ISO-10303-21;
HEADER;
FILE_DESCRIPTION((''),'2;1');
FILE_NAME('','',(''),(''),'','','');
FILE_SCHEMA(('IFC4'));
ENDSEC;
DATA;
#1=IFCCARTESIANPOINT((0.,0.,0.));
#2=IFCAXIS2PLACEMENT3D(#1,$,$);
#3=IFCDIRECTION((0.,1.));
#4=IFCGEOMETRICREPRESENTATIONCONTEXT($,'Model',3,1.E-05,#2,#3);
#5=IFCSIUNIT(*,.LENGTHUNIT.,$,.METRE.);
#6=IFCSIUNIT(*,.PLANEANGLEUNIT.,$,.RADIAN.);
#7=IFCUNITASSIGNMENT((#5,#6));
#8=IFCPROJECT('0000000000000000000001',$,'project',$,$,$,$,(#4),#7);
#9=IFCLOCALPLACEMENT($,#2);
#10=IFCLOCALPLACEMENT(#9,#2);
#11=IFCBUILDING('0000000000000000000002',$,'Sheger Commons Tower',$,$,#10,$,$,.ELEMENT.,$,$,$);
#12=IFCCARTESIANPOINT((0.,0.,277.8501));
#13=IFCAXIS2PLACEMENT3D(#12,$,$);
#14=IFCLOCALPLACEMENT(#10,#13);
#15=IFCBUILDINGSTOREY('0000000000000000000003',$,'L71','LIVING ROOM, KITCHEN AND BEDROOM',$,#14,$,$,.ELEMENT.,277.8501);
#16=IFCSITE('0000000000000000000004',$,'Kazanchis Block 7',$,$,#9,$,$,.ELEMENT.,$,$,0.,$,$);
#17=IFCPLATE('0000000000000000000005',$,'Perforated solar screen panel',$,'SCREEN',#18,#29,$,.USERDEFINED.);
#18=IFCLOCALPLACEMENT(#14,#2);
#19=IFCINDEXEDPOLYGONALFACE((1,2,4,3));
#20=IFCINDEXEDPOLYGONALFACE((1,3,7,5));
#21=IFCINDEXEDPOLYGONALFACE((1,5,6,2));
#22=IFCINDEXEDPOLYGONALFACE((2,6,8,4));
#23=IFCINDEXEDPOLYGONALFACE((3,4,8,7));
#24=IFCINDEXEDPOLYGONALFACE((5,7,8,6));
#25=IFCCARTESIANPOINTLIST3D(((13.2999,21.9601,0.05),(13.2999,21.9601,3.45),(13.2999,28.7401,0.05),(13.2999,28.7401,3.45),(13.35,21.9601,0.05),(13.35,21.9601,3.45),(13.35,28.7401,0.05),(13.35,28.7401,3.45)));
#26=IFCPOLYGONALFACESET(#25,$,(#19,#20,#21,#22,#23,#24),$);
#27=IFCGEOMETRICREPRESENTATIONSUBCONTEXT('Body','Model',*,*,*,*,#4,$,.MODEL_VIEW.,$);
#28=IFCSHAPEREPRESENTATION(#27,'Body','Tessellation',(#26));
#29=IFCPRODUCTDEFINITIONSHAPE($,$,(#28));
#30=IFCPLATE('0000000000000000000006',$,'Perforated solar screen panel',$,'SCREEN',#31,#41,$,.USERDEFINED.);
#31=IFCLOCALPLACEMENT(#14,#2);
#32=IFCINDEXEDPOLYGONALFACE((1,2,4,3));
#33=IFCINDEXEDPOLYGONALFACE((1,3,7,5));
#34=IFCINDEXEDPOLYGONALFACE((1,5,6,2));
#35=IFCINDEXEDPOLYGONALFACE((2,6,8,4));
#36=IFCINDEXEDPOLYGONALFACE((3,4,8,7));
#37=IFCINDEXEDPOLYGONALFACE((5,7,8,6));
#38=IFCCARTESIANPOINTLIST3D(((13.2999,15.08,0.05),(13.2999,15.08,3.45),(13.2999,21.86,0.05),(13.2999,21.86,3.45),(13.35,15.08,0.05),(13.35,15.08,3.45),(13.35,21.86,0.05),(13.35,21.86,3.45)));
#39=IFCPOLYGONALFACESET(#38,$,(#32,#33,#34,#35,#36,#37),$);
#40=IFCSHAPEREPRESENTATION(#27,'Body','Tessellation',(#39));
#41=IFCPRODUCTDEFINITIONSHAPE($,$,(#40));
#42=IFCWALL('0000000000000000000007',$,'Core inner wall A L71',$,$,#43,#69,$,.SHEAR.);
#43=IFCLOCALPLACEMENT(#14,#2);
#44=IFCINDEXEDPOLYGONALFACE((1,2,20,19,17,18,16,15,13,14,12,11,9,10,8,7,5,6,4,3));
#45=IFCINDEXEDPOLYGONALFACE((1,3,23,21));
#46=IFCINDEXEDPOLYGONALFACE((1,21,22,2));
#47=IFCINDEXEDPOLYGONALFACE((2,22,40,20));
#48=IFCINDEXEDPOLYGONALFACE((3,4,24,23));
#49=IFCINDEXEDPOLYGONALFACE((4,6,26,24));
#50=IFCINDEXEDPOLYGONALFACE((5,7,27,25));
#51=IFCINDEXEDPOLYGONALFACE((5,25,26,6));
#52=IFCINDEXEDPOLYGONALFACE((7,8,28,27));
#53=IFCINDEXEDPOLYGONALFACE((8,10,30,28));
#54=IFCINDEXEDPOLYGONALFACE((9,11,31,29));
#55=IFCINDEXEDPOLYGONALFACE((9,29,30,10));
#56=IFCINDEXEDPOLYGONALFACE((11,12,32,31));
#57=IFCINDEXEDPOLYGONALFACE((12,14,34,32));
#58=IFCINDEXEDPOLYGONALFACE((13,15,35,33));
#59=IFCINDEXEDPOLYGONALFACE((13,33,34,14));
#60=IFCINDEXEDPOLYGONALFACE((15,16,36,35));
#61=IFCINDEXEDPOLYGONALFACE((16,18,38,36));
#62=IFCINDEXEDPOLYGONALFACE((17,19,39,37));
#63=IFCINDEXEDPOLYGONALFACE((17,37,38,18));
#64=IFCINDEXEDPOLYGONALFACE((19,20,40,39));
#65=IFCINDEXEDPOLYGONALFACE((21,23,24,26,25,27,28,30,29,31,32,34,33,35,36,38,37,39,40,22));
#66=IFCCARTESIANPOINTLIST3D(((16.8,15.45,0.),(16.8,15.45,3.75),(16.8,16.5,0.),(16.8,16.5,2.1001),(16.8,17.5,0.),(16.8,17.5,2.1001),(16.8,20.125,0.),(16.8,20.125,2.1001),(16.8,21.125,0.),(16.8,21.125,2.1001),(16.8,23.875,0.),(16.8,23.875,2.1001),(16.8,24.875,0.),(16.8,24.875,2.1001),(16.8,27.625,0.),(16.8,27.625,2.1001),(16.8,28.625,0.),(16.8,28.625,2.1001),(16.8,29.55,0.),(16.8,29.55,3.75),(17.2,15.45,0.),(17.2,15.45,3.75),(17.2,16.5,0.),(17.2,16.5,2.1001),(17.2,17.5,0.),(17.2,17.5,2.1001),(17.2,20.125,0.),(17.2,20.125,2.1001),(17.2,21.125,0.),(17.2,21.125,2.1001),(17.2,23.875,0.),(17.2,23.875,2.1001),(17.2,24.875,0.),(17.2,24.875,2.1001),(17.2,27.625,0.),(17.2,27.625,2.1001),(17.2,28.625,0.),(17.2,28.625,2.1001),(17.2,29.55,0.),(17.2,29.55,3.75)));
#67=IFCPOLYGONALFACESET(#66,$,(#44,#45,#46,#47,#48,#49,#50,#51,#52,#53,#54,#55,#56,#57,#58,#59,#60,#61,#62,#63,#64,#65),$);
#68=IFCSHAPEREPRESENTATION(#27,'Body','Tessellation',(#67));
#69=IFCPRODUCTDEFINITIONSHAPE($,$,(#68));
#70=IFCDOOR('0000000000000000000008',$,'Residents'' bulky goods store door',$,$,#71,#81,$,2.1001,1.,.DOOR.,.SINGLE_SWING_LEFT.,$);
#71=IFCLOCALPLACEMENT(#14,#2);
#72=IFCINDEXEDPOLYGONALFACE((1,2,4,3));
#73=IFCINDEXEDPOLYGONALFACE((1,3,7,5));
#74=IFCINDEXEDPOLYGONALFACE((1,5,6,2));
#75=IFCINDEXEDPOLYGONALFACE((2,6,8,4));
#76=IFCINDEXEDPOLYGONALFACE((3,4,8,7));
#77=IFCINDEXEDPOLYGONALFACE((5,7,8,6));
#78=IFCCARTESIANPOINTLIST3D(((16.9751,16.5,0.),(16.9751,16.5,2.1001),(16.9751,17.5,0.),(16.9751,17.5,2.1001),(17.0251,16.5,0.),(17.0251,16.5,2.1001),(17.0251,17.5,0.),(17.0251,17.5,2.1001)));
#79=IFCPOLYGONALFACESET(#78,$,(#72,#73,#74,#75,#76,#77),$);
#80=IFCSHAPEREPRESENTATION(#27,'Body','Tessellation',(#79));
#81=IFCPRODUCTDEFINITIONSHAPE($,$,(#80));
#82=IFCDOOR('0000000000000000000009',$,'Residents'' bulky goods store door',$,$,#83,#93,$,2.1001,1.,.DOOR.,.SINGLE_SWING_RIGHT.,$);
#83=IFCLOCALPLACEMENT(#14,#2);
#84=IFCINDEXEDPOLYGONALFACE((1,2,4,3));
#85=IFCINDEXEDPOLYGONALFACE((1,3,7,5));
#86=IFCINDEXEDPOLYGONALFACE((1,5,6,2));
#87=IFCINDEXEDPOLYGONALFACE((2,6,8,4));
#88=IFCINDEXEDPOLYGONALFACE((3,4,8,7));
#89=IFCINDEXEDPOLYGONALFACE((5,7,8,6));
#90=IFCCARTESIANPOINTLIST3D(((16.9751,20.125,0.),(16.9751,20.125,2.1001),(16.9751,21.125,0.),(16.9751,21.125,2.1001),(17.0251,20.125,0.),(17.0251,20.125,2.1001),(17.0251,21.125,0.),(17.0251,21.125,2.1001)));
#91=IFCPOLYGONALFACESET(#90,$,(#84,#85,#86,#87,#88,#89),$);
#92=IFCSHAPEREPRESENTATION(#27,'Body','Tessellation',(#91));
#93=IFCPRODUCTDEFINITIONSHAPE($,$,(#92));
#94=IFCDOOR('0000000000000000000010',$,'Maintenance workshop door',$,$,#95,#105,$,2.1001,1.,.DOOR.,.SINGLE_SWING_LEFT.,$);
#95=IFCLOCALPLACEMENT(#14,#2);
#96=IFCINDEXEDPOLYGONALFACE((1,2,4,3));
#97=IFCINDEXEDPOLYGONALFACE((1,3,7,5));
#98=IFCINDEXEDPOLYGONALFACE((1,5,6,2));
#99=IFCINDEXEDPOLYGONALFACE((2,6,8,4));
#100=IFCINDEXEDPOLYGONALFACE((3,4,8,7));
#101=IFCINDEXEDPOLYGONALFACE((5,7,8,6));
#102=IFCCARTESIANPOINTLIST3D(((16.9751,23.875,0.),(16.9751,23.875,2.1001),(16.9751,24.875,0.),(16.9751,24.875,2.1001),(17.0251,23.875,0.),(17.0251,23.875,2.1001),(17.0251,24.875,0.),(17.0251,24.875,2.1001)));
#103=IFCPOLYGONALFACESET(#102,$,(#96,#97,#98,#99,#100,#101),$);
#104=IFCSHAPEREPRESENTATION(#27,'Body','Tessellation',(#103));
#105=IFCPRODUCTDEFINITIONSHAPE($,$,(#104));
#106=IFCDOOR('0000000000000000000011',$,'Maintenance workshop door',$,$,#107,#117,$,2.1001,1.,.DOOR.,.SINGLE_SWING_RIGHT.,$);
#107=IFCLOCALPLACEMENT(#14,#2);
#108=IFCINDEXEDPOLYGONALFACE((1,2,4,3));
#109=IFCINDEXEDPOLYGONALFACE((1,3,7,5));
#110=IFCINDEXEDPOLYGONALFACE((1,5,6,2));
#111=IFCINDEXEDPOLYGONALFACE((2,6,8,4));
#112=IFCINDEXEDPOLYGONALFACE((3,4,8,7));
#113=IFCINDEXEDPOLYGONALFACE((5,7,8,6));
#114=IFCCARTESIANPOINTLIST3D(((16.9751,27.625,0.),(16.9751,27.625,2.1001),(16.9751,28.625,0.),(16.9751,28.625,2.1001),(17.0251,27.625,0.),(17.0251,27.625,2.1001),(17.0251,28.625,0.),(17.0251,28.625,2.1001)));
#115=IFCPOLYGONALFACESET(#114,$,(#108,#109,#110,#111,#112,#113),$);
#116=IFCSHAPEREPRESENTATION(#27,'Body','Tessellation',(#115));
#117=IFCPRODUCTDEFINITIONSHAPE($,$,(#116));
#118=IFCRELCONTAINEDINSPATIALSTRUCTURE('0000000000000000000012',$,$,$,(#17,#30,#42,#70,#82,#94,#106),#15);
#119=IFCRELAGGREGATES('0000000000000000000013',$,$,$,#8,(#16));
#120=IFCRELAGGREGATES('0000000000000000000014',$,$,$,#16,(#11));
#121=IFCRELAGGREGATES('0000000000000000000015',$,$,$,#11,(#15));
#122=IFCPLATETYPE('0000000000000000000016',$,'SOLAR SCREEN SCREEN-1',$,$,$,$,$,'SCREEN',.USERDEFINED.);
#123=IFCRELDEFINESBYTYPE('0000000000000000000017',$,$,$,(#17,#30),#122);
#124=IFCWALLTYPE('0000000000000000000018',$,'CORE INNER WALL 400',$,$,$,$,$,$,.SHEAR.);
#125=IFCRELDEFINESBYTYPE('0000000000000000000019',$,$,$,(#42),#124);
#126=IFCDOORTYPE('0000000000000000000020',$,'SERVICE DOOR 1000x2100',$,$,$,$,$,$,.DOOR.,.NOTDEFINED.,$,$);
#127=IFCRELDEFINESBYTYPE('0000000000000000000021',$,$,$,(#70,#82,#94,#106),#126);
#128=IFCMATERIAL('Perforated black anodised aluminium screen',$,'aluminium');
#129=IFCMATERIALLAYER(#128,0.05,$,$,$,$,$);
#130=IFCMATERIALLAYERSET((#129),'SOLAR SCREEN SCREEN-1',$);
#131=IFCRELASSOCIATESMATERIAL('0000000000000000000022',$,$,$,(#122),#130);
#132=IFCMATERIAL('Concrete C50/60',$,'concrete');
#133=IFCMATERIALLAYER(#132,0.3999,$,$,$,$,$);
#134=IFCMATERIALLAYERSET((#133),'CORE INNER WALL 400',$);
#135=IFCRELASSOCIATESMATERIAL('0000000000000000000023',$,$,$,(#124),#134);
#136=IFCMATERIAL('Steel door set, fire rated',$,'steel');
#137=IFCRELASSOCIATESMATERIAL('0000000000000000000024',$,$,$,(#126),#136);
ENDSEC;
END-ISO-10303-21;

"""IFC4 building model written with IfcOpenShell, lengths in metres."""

from ifc_helpers import new_model, si_unit, direction, frame, frame_2d, origin, origin_2d, place, context, subcontext, project, spatial, rectangle, extrude, material, layer, layer_set, type_object, element, fill, save


model = new_model("IFC4")

# Units and contexts
model_context = context("Model", 3, precision=1e-05, world=origin(), true_north=direction((0.0, 1.0)))
body_context = subcontext(model_context, "Body", "Model", "MODEL_VIEW")
ifc_project = project(units=[si_unit("LENGTHUNIT", "METRE"), si_unit("PLANEANGLEUNIT", "RADIAN")], contexts=[model_context])

# Site, building, storey
site_placement = place(None, origin())
site = spatial("IfcSite", under=ifc_project, at=site_placement, Name="Kazanchis Block 7", CompositionType="ELEMENT", RefElevation=0.0)
building_placement = place(site_placement, origin())
building = spatial("IfcBuilding", under=site, at=building_placement, Name="Sheger Commons Tower", CompositionType="ELEMENT")
storey_placement = place(building_placement, frame((0.0, 0.0, 277.8501)))
storey = spatial("IfcBuildingStorey", under=building, at=storey_placement, Name="L71", Description="LIVING ROOM, KITCHEN AND BEDROOM", CompositionType="ELEMENT", Elevation=277.8501)

# Plates
ifc_material_1 = material(Name="Perforated black anodised aluminium screen", Category="aluminium")
ifc_layer_1 = layer(ifc_material_1, 0.05)
ifc_layer_set_1 = layer_set([ifc_layer_1], Name="SOLAR SCREEN SCREEN-1")
plate_type = type_object("IfcPlateType", Name="SOLAR SCREEN SCREEN-1", ElementType="SCREEN", PredefinedType="USERDEFINED", material=ifc_layer_set_1)
for number, where, z_axis, x_axis, name in (
    (1, (13.325, 25.3501, 0.05), (0.0, 0.0, 1.0), (0.0, -1.0, 0.0), "Perforated solar screen panel"),
    (2, (13.325, 18.47, 0.05), (0.0, 0.0, 1.0), (0.0, -1.0, 0.0), "Perforated solar screen panel"),
):
    element("IfcPlate", number, at=place(storey_placement, frame(where, z_axis=z_axis, x_axis=x_axis)), inside=storey, type_object=plate_type, Name=name, ObjectType="SCREEN", PredefinedType="USERDEFINED", context=body_context, shape_type="SweptSolid", body=[
        extrude(rectangle(XDim=6.78, YDim=0.05, at=origin_2d()), origin(), (0.0, 0.0, 1.0), 3.3999),
    ])

# Wall, openings, doors
ifc_material_2 = material(Name="Concrete C50/60", Category="concrete")
ifc_layer_2 = layer(ifc_material_2, 0.3999)
ifc_layer_set_2 = layer_set([ifc_layer_2], Name="CORE INNER WALL 400")
wall_type_1 = type_object("IfcWallType", Name="CORE INNER WALL 400", PredefinedType="SHEAR", material=ifc_layer_set_2)
wall_1_placement = place(storey_placement, frame((17.0, 15.45, 0.0), z_axis=(0.0, 0.0, 1.0), x_axis=(0.0, 1.0, 0.0)))
wall_1 = element("IfcWall", 3, at=wall_1_placement, inside=storey, type_object=wall_type_1, Name="Core inner wall A L71", PredefinedType="SHEAR", context=body_context, shape_type="SweptSolid", body=[
    extrude(rectangle(XDim=14.1001, YDim=0.3999, at=frame_2d((7.05, 0.0))), origin(), (0.0, 0.0, 1.0), 3.75),
])
opening_1_placement = place(wall_1_placement, frame((1.05, 0.0, 0.0)))
opening_1 = element("IfcOpeningElement", 4, at=opening_1_placement, cuts=wall_1, PredefinedType="OPENING", context=body_context, shape_type="SweptSolid", body=[
    extrude(rectangle(XDim=1.0, YDim=2.1001, at=frame_2d((0.5, 1.05))), frame((0.0, 0.21, 0.0), z_axis=(0.0, -1.0, 0.0), x_axis=(1.0, 0.0, 0.0)), (0.0, 0.0, 1.0), 0.4199),
])
opening_2_placement = place(wall_1_placement, frame((4.675, 0.0, 0.0)))
opening_2 = element("IfcOpeningElement", 5, at=opening_2_placement, cuts=wall_1, PredefinedType="OPENING", context=body_context, shape_type="SweptSolid", body=[
    extrude(rectangle(XDim=1.0, YDim=2.1001, at=frame_2d((0.5, 1.05))), frame((0.0, 0.21, 0.0), z_axis=(0.0, -1.0, 0.0), x_axis=(1.0, 0.0, 0.0)), (0.0, 0.0, 1.0), 0.4199),
])
opening_3_placement = place(wall_1_placement, frame((8.425, 0.0, 0.0)))
opening_3 = element("IfcOpeningElement", 6, at=opening_3_placement, cuts=wall_1, PredefinedType="OPENING", context=body_context, shape_type="SweptSolid", body=[
    extrude(rectangle(XDim=1.0, YDim=2.1001, at=frame_2d((0.5, 1.05))), frame((0.0, 0.21, 0.0), z_axis=(0.0, -1.0, 0.0), x_axis=(1.0, 0.0, 0.0)), (0.0, 0.0, 1.0), 0.4199),
])
opening_4_placement = place(wall_1_placement, frame((12.175, 0.0, 0.0)))
opening_4 = element("IfcOpeningElement", 7, at=opening_4_placement, cuts=wall_1, PredefinedType="OPENING", context=body_context, shape_type="SweptSolid", body=[
    extrude(rectangle(XDim=1.0, YDim=2.1001, at=frame_2d((0.5, 1.05))), frame((0.0, 0.21, 0.0), z_axis=(0.0, -1.0, 0.0), x_axis=(1.0, 0.0, 0.0)), (0.0, 0.0, 1.0), 0.4199),
])
ifc_material_3 = material(Name="Steel door set, fire rated", Category="steel")
door_type_1 = type_object("IfcDoorType", Name="SERVICE DOOR 1000x2100", OperationType="NOTDEFINED", PredefinedType="DOOR", material=ifc_material_3)
door_1_placement = place(opening_1_placement, origin())
door_1 = element("IfcDoor", 8, at=door_1_placement, inside=storey, type_object=door_type_1, Name="Residents' bulky goods store door", OperationType="SINGLE_SWING_LEFT", OverallHeight=2.1001, OverallWidth=1.0, PredefinedType="DOOR", context=body_context, shape_type="SweptSolid", body=[
    extrude(rectangle(XDim=1.0, YDim=2.1001, at=frame_2d((0.5, 1.05))), frame((0.0, 0.0249, 0.0), z_axis=(0.0, -1.0, 0.0), x_axis=(1.0, 0.0, 0.0)), (0.0, 0.0, 1.0), 0.05),
])
fill(opening_1, door_1)
door_2_placement = place(opening_2_placement, origin())
door_2 = element("IfcDoor", 9, at=door_2_placement, inside=storey, type_object=door_type_1, Name="Residents' bulky goods store door", OperationType="SINGLE_SWING_RIGHT", OverallHeight=2.1001, OverallWidth=1.0, PredefinedType="DOOR", context=body_context, shape_type="SweptSolid", body=[
    extrude(rectangle(XDim=1.0, YDim=2.1001, at=frame_2d((0.5, 1.05))), frame((0.0, 0.0249, 0.0), z_axis=(0.0, -1.0, 0.0), x_axis=(1.0, 0.0, 0.0)), (0.0, 0.0, 1.0), 0.05),
])
fill(opening_2, door_2)
door_3_placement = place(opening_3_placement, origin())
door_3 = element("IfcDoor", 10, at=door_3_placement, inside=storey, type_object=door_type_1, Name="Maintenance workshop door", OperationType="SINGLE_SWING_LEFT", OverallHeight=2.1001, OverallWidth=1.0, PredefinedType="DOOR", context=body_context, shape_type="SweptSolid", body=[
    extrude(rectangle(XDim=1.0, YDim=2.1001, at=frame_2d((0.5, 1.05))), frame((0.0, 0.0249, 0.0), z_axis=(0.0, -1.0, 0.0), x_axis=(1.0, 0.0, 0.0)), (0.0, 0.0, 1.0), 0.05),
])
fill(opening_3, door_3)
door_4_placement = place(opening_4_placement, origin())
door_4 = element("IfcDoor", 11, at=door_4_placement, inside=storey, type_object=door_type_1, Name="Maintenance workshop door", OperationType="SINGLE_SWING_RIGHT", OverallHeight=2.1001, OverallWidth=1.0, PredefinedType="DOOR", context=body_context, shape_type="SweptSolid", body=[
    extrude(rectangle(XDim=1.0, YDim=2.1001, at=frame_2d((0.5, 1.05))), frame((0.0, 0.0249, 0.0), z_axis=(0.0, -1.0, 0.0), x_axis=(1.0, 0.0, 0.0)), (0.0, 0.0, 1.0), 0.05),
])
fill(opening_4, door_4)

save(model, "model.ifc")
